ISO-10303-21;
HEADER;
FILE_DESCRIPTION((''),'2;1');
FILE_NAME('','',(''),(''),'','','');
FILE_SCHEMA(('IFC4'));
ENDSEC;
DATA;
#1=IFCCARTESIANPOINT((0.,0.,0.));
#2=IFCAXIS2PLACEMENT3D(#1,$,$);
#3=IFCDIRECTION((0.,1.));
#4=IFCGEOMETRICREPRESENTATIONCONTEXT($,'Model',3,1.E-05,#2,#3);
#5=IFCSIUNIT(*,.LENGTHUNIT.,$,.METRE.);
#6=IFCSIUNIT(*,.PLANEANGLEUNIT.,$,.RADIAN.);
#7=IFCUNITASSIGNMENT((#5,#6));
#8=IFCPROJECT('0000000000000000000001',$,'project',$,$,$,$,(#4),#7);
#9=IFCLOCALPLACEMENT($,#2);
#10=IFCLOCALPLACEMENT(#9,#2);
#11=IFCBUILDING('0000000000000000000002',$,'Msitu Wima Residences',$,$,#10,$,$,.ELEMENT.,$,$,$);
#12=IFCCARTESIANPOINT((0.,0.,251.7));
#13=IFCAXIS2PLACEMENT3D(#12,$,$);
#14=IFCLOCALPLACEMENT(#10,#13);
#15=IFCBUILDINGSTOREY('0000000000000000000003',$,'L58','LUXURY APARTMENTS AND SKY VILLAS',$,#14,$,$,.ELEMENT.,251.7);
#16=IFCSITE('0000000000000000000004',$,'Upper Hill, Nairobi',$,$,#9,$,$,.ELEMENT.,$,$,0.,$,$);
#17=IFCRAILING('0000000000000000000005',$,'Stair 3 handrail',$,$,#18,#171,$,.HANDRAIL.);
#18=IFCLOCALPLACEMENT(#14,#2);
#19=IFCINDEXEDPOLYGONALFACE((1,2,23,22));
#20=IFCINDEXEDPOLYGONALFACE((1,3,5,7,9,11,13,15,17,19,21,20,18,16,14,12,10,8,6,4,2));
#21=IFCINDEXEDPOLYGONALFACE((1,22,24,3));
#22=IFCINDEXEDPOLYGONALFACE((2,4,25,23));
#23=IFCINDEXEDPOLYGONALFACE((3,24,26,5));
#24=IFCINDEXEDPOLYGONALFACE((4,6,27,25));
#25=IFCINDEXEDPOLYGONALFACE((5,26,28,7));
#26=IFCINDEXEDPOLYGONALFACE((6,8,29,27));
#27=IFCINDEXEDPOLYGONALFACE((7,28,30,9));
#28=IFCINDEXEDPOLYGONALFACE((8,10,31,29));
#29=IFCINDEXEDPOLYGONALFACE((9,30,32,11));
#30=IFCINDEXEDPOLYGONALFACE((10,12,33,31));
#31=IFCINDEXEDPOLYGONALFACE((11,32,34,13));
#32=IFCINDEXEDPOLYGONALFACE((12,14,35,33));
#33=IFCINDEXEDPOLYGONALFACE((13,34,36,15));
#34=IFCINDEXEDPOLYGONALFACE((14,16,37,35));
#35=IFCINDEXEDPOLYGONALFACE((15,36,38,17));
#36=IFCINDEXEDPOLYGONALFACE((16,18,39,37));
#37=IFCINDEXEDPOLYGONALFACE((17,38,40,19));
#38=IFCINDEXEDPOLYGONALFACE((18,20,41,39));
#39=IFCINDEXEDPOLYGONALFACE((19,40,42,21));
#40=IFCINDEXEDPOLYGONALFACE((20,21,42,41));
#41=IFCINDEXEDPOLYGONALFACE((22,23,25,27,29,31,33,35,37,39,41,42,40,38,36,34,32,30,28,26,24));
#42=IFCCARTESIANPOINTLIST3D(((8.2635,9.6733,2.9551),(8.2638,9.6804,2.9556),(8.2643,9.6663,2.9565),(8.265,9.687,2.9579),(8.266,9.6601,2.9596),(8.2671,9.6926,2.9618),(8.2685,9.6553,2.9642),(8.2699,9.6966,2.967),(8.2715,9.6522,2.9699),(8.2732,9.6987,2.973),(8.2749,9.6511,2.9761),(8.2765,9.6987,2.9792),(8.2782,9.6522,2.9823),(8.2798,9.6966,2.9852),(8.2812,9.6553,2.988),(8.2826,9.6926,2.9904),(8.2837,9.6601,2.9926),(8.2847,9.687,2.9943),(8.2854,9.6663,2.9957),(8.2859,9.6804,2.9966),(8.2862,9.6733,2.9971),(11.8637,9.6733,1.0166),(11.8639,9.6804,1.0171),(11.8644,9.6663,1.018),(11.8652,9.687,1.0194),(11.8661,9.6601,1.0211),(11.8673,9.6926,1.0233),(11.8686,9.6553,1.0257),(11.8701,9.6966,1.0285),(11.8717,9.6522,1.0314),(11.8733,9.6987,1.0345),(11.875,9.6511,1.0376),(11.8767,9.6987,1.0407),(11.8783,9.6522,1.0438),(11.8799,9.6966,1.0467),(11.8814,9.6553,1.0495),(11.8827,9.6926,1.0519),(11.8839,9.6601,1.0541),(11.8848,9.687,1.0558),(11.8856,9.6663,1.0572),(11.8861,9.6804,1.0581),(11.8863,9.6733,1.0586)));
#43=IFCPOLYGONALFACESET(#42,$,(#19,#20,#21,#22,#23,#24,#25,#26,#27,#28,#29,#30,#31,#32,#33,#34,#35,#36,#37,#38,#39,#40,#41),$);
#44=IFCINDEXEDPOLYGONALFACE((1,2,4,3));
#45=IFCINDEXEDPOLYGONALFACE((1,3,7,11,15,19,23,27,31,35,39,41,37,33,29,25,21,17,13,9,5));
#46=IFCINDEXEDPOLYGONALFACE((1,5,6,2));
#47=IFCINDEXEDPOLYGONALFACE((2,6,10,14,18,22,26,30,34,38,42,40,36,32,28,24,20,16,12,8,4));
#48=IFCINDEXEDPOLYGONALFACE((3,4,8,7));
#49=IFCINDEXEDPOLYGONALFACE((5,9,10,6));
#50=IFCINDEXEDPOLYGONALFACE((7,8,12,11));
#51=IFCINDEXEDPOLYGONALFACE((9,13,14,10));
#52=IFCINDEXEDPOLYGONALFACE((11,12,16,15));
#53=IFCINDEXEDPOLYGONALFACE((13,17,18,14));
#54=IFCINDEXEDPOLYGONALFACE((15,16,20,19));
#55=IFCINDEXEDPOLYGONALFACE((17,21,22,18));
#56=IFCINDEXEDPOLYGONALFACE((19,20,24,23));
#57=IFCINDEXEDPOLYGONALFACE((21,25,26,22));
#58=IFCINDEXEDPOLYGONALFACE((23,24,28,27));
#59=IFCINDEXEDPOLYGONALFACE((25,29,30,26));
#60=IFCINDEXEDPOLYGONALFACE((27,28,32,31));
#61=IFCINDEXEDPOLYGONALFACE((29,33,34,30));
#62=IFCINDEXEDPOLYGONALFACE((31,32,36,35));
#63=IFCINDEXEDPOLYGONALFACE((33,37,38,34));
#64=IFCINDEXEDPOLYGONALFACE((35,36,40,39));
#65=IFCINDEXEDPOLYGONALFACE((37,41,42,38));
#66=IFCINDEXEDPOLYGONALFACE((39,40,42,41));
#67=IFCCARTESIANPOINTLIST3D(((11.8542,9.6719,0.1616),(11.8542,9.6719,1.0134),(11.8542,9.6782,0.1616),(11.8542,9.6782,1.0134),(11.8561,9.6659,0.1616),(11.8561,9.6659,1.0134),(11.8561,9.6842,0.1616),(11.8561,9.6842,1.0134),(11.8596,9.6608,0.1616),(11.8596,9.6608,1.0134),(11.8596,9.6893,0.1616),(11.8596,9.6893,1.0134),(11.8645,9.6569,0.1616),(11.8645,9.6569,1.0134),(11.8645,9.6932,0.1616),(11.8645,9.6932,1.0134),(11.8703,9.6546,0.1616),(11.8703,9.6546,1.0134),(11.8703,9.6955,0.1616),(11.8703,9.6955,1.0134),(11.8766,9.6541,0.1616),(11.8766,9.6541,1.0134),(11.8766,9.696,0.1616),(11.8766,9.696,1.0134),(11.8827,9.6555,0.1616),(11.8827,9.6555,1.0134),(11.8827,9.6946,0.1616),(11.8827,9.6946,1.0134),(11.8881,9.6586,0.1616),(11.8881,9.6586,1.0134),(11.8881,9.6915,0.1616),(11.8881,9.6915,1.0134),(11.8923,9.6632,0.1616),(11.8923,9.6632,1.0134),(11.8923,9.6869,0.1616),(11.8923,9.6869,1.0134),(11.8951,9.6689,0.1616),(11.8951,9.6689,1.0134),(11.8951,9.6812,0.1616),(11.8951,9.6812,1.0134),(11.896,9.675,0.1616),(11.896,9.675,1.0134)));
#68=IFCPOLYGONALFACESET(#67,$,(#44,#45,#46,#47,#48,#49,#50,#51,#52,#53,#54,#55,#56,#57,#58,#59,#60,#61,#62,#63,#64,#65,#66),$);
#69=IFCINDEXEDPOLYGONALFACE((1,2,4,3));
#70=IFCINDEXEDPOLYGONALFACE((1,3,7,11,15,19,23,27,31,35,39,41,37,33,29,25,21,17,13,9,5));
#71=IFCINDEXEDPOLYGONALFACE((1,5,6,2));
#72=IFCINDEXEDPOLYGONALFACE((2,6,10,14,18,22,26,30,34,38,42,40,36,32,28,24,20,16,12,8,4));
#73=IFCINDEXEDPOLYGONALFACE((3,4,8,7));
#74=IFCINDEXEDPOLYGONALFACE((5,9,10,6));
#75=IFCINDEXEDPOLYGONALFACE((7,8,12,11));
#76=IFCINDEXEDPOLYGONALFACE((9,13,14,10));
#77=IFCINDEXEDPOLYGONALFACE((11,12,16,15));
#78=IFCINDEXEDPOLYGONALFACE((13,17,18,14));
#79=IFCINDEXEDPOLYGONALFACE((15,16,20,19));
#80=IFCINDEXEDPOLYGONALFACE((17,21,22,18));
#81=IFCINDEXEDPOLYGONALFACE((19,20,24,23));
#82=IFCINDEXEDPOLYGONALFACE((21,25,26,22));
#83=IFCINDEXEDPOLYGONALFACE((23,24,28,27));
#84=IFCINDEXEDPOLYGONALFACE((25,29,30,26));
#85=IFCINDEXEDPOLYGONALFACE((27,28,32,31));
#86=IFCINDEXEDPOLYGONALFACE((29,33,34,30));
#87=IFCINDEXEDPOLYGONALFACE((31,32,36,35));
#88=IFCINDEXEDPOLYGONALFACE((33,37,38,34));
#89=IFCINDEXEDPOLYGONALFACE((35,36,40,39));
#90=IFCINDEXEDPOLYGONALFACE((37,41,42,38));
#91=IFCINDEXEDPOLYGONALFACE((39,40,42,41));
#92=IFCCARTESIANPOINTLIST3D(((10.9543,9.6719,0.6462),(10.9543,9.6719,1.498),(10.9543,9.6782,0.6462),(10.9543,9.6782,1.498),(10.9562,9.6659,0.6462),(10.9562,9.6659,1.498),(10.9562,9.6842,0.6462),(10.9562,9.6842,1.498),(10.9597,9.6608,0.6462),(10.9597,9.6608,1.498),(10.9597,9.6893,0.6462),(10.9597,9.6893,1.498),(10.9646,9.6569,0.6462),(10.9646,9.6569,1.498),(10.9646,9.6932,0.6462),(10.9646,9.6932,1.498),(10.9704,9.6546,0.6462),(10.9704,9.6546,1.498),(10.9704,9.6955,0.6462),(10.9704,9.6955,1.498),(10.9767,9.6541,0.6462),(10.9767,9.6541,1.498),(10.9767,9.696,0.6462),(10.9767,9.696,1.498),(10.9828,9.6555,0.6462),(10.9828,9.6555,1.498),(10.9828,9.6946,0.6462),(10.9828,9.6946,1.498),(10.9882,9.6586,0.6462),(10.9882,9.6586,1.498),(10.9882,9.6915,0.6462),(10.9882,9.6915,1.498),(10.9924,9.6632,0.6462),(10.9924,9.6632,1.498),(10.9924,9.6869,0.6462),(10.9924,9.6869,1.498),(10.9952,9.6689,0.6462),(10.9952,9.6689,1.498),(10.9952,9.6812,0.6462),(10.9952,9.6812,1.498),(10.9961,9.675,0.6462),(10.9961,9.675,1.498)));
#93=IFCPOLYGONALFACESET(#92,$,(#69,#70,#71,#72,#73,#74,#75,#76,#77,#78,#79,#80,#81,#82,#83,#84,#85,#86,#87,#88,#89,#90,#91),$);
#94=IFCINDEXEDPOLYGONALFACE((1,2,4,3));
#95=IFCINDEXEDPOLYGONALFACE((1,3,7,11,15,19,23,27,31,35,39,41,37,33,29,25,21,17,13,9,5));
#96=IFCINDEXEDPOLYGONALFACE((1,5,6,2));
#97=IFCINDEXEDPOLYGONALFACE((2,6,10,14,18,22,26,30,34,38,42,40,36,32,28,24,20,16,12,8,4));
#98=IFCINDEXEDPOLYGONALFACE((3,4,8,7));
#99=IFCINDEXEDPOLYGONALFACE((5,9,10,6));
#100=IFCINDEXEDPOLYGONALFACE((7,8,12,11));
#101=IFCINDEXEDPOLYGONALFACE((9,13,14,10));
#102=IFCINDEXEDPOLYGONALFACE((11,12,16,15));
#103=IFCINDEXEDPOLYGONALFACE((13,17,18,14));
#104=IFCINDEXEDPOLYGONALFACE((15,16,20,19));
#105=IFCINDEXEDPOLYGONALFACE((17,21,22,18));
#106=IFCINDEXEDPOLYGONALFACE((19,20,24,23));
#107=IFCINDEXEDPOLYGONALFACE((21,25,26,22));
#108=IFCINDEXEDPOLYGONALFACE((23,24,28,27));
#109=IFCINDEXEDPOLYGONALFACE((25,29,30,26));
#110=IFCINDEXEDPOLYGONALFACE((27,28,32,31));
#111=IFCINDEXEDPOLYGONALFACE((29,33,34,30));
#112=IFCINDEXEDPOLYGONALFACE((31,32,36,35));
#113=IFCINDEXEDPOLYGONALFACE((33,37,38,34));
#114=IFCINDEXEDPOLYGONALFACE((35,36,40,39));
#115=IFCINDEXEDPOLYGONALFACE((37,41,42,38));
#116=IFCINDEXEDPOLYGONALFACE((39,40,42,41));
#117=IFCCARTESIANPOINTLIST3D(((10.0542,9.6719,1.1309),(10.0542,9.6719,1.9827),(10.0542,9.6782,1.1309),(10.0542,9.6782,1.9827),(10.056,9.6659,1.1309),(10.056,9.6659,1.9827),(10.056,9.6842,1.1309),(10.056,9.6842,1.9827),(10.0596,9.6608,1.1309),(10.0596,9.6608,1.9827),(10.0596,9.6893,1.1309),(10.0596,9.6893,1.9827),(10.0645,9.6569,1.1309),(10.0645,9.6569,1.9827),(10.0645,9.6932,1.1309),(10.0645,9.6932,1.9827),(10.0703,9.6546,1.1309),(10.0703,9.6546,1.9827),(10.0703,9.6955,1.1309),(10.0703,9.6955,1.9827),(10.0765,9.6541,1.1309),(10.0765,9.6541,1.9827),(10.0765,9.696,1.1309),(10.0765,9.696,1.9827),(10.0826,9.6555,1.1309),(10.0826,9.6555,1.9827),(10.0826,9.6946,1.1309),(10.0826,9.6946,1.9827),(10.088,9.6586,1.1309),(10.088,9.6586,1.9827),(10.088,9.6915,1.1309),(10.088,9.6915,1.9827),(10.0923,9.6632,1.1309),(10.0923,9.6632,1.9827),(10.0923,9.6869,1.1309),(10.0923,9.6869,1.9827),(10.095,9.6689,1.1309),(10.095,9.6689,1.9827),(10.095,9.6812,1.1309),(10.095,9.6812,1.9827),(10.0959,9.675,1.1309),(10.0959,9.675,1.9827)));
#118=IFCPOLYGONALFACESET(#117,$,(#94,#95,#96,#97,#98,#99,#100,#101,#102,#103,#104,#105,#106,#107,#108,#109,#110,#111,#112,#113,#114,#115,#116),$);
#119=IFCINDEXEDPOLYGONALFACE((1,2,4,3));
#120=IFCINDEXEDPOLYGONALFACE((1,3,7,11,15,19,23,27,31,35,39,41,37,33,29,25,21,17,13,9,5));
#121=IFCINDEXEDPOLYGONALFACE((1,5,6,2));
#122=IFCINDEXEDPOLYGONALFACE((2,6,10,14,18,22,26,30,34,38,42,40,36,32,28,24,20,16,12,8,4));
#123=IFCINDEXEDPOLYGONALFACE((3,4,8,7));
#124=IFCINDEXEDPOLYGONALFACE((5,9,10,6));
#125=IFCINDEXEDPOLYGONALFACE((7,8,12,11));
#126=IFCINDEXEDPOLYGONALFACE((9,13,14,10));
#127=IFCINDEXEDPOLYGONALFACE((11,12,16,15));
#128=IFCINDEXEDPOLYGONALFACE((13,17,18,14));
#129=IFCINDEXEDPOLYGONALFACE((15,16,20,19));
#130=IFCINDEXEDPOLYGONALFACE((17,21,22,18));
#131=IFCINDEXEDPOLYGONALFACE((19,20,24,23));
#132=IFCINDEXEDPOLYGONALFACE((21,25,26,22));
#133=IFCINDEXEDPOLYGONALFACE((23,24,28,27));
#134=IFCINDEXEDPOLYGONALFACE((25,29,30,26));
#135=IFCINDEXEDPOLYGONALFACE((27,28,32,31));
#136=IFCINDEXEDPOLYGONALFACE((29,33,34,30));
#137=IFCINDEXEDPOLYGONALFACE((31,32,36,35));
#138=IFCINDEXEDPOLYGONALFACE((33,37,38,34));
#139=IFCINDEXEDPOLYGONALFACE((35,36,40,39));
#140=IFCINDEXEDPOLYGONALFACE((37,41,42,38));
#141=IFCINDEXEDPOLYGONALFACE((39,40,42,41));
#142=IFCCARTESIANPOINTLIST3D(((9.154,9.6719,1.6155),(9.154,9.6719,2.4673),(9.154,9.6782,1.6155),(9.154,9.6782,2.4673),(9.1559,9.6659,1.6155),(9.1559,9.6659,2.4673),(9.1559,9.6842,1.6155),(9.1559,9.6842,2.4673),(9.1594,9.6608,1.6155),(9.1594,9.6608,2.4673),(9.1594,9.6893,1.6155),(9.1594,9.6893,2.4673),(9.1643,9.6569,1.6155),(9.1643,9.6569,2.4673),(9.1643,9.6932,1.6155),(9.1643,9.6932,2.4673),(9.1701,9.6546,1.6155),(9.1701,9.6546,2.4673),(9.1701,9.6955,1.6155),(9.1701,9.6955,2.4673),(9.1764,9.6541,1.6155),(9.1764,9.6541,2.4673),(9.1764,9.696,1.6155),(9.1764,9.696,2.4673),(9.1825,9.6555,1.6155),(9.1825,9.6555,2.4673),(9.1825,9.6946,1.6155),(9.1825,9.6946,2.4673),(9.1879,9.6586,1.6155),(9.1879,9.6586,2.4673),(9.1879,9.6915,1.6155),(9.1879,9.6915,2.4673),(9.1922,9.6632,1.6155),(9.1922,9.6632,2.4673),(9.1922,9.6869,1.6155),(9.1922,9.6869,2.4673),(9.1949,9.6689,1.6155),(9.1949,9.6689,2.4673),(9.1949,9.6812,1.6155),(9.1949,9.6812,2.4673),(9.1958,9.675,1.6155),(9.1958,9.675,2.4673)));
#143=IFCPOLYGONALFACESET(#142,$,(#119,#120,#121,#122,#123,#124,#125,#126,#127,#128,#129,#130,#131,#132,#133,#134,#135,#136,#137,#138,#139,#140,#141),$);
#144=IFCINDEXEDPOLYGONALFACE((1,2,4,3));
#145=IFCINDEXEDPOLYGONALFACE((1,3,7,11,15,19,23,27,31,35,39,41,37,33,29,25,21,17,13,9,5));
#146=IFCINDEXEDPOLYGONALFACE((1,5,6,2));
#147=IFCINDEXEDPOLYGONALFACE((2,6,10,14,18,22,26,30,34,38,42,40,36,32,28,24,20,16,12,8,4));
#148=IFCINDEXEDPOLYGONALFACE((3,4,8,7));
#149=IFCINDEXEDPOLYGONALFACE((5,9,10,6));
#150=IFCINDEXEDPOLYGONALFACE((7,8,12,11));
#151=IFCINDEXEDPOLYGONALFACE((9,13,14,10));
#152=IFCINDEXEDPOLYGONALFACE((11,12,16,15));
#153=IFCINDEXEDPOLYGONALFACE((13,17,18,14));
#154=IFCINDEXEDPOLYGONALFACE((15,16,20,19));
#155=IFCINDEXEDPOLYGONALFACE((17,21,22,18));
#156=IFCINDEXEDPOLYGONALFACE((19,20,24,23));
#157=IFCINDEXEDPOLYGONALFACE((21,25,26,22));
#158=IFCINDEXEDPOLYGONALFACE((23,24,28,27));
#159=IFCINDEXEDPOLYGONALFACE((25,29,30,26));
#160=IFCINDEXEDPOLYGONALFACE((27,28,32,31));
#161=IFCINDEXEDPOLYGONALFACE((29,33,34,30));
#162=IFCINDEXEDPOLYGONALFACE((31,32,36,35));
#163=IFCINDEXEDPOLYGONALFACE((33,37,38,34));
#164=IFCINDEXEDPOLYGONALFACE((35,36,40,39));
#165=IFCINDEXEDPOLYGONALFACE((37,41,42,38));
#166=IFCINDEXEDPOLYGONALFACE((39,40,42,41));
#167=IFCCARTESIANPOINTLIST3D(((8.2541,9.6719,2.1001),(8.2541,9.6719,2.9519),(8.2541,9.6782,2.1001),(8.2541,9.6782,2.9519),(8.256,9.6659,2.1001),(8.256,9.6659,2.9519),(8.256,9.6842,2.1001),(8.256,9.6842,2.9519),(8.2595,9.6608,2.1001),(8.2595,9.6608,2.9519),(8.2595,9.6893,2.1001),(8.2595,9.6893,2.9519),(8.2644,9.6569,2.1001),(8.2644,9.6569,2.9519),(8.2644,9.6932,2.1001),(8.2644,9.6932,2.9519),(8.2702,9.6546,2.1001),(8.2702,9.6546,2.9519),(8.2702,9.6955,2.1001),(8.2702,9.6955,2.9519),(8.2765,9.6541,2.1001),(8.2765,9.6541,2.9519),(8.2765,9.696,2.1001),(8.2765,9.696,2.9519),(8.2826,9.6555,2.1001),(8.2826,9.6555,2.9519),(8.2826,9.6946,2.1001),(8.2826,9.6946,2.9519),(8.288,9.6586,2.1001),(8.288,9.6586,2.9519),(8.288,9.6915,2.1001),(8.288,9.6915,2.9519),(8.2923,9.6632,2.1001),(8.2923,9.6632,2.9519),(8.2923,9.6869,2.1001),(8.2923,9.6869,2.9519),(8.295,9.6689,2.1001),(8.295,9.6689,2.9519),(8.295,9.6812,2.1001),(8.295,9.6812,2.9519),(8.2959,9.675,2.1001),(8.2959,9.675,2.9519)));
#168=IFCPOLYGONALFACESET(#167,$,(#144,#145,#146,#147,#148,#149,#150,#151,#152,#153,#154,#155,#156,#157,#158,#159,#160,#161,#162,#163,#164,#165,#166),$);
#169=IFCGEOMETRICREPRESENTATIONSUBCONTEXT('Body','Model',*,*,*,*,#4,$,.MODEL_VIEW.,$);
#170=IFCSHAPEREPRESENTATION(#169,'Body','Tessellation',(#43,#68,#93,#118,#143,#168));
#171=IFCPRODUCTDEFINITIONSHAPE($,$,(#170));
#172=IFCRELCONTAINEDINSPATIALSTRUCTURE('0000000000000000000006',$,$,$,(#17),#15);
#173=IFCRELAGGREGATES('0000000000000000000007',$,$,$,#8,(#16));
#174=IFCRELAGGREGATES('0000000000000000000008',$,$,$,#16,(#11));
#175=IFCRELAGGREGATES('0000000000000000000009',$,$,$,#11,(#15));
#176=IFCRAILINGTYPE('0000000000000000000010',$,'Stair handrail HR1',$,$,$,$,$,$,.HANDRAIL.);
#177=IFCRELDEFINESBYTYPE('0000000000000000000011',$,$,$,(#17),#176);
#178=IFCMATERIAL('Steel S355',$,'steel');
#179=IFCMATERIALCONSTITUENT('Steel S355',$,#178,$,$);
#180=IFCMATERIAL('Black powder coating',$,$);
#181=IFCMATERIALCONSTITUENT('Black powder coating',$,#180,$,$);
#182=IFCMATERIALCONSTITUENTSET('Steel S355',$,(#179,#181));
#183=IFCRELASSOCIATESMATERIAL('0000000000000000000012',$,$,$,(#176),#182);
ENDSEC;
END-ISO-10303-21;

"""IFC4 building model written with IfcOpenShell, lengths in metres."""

from ifc_helpers import new_model, si_unit, direction, frame, origin, origin_2d, place, context, subcontext, project, spatial, circle, extrude, material, constituent, constituent_set, type_object, element, save


model = new_model("IFC4")

# Units and contexts
model_context = context("Model", 3, precision=1e-05, world=origin(), true_north=direction((0.0, 1.0)))
body_context = subcontext(model_context, "Body", "Model", "MODEL_VIEW")
ifc_project = project(units=[si_unit("LENGTHUNIT", "METRE"), si_unit("PLANEANGLEUNIT", "RADIAN")], contexts=[model_context])

# Site, building, storey
site_placement = place(None, origin())
site = spatial("IfcSite", under=ifc_project, at=site_placement, Name="Upper Hill, Nairobi", CompositionType="ELEMENT", RefElevation=0.0)
building_placement = place(site_placement, origin())
building = spatial("IfcBuilding", under=site, at=building_placement, Name="Msitu Wima Residences", CompositionType="ELEMENT")
storey_placement = place(building_placement, frame((0.0, 0.0, 251.7)))
storey = spatial("IfcBuildingStorey", under=building, at=storey_placement, Name="L58", Description="LUXURY APARTMENTS AND SKY VILLAS", CompositionType="ELEMENT", Elevation=251.7)

# Railing
ifc_material_1 = material(Name="Steel S355", Category="steel")
ifc_constituent_1 = constituent(ifc_material_1, Name="Steel S355")
ifc_material_2 = material(Name="Black powder coating")
ifc_constituent_2 = constituent(ifc_material_2, Name="Black powder coating")
ifc_constituent_set_1 = constituent_set(constituents=[ifc_constituent_1, ifc_constituent_2], Name="Steel S355")
railing_type_1 = type_object("IfcRailingType", Name="Stair handrail HR1", PredefinedType="HANDRAIL", material=ifc_constituent_set_1)
for number, where, name in (
    (1, (11.875, 9.675, 0.1616), "Stair 3 handrail"),
):
    element("IfcRailing", number, at=place(storey_placement, frame(where)), inside=storey, type_object=railing_type_1, Name=name, PredefinedType="HANDRAIL", context=body_context, shape_type="SweptSolid", body=[
        extrude(circle(Radius=0.0239, at=origin_2d()), frame((0.0, 0.0, 0.876), z_axis=(-0.880475, 0.0, 0.474093), x_axis=(0.0, -1.0, 0.0)), (0.0, 0.0, 1.0), 4.0889),
        extrude(circle(Radius=0.021, at=origin_2d()), origin(), (0.0, 0.0, 1.0), 0.8518),
        extrude(circle(Radius=0.021, at=origin_2d()), frame((-0.8999, 0.0, 0.4846)), (0.0, 0.0, 1.0), 0.8518),
        extrude(circle(Radius=0.021, at=origin_2d()), frame((-1.8, 0.0, 0.9692)), (0.0, 0.0, 1.0), 0.8518),
        extrude(circle(Radius=0.021, at=origin_2d()), frame((-2.7002, 0.0, 1.4539)), (0.0, 0.0, 1.0), 0.8518),
        extrude(circle(Radius=0.021, at=origin_2d()), frame((-3.6001, 0.0, 1.9385)), (0.0, 0.0, 1.0), 0.8518),
    ])

save(model, "model.ifc")
